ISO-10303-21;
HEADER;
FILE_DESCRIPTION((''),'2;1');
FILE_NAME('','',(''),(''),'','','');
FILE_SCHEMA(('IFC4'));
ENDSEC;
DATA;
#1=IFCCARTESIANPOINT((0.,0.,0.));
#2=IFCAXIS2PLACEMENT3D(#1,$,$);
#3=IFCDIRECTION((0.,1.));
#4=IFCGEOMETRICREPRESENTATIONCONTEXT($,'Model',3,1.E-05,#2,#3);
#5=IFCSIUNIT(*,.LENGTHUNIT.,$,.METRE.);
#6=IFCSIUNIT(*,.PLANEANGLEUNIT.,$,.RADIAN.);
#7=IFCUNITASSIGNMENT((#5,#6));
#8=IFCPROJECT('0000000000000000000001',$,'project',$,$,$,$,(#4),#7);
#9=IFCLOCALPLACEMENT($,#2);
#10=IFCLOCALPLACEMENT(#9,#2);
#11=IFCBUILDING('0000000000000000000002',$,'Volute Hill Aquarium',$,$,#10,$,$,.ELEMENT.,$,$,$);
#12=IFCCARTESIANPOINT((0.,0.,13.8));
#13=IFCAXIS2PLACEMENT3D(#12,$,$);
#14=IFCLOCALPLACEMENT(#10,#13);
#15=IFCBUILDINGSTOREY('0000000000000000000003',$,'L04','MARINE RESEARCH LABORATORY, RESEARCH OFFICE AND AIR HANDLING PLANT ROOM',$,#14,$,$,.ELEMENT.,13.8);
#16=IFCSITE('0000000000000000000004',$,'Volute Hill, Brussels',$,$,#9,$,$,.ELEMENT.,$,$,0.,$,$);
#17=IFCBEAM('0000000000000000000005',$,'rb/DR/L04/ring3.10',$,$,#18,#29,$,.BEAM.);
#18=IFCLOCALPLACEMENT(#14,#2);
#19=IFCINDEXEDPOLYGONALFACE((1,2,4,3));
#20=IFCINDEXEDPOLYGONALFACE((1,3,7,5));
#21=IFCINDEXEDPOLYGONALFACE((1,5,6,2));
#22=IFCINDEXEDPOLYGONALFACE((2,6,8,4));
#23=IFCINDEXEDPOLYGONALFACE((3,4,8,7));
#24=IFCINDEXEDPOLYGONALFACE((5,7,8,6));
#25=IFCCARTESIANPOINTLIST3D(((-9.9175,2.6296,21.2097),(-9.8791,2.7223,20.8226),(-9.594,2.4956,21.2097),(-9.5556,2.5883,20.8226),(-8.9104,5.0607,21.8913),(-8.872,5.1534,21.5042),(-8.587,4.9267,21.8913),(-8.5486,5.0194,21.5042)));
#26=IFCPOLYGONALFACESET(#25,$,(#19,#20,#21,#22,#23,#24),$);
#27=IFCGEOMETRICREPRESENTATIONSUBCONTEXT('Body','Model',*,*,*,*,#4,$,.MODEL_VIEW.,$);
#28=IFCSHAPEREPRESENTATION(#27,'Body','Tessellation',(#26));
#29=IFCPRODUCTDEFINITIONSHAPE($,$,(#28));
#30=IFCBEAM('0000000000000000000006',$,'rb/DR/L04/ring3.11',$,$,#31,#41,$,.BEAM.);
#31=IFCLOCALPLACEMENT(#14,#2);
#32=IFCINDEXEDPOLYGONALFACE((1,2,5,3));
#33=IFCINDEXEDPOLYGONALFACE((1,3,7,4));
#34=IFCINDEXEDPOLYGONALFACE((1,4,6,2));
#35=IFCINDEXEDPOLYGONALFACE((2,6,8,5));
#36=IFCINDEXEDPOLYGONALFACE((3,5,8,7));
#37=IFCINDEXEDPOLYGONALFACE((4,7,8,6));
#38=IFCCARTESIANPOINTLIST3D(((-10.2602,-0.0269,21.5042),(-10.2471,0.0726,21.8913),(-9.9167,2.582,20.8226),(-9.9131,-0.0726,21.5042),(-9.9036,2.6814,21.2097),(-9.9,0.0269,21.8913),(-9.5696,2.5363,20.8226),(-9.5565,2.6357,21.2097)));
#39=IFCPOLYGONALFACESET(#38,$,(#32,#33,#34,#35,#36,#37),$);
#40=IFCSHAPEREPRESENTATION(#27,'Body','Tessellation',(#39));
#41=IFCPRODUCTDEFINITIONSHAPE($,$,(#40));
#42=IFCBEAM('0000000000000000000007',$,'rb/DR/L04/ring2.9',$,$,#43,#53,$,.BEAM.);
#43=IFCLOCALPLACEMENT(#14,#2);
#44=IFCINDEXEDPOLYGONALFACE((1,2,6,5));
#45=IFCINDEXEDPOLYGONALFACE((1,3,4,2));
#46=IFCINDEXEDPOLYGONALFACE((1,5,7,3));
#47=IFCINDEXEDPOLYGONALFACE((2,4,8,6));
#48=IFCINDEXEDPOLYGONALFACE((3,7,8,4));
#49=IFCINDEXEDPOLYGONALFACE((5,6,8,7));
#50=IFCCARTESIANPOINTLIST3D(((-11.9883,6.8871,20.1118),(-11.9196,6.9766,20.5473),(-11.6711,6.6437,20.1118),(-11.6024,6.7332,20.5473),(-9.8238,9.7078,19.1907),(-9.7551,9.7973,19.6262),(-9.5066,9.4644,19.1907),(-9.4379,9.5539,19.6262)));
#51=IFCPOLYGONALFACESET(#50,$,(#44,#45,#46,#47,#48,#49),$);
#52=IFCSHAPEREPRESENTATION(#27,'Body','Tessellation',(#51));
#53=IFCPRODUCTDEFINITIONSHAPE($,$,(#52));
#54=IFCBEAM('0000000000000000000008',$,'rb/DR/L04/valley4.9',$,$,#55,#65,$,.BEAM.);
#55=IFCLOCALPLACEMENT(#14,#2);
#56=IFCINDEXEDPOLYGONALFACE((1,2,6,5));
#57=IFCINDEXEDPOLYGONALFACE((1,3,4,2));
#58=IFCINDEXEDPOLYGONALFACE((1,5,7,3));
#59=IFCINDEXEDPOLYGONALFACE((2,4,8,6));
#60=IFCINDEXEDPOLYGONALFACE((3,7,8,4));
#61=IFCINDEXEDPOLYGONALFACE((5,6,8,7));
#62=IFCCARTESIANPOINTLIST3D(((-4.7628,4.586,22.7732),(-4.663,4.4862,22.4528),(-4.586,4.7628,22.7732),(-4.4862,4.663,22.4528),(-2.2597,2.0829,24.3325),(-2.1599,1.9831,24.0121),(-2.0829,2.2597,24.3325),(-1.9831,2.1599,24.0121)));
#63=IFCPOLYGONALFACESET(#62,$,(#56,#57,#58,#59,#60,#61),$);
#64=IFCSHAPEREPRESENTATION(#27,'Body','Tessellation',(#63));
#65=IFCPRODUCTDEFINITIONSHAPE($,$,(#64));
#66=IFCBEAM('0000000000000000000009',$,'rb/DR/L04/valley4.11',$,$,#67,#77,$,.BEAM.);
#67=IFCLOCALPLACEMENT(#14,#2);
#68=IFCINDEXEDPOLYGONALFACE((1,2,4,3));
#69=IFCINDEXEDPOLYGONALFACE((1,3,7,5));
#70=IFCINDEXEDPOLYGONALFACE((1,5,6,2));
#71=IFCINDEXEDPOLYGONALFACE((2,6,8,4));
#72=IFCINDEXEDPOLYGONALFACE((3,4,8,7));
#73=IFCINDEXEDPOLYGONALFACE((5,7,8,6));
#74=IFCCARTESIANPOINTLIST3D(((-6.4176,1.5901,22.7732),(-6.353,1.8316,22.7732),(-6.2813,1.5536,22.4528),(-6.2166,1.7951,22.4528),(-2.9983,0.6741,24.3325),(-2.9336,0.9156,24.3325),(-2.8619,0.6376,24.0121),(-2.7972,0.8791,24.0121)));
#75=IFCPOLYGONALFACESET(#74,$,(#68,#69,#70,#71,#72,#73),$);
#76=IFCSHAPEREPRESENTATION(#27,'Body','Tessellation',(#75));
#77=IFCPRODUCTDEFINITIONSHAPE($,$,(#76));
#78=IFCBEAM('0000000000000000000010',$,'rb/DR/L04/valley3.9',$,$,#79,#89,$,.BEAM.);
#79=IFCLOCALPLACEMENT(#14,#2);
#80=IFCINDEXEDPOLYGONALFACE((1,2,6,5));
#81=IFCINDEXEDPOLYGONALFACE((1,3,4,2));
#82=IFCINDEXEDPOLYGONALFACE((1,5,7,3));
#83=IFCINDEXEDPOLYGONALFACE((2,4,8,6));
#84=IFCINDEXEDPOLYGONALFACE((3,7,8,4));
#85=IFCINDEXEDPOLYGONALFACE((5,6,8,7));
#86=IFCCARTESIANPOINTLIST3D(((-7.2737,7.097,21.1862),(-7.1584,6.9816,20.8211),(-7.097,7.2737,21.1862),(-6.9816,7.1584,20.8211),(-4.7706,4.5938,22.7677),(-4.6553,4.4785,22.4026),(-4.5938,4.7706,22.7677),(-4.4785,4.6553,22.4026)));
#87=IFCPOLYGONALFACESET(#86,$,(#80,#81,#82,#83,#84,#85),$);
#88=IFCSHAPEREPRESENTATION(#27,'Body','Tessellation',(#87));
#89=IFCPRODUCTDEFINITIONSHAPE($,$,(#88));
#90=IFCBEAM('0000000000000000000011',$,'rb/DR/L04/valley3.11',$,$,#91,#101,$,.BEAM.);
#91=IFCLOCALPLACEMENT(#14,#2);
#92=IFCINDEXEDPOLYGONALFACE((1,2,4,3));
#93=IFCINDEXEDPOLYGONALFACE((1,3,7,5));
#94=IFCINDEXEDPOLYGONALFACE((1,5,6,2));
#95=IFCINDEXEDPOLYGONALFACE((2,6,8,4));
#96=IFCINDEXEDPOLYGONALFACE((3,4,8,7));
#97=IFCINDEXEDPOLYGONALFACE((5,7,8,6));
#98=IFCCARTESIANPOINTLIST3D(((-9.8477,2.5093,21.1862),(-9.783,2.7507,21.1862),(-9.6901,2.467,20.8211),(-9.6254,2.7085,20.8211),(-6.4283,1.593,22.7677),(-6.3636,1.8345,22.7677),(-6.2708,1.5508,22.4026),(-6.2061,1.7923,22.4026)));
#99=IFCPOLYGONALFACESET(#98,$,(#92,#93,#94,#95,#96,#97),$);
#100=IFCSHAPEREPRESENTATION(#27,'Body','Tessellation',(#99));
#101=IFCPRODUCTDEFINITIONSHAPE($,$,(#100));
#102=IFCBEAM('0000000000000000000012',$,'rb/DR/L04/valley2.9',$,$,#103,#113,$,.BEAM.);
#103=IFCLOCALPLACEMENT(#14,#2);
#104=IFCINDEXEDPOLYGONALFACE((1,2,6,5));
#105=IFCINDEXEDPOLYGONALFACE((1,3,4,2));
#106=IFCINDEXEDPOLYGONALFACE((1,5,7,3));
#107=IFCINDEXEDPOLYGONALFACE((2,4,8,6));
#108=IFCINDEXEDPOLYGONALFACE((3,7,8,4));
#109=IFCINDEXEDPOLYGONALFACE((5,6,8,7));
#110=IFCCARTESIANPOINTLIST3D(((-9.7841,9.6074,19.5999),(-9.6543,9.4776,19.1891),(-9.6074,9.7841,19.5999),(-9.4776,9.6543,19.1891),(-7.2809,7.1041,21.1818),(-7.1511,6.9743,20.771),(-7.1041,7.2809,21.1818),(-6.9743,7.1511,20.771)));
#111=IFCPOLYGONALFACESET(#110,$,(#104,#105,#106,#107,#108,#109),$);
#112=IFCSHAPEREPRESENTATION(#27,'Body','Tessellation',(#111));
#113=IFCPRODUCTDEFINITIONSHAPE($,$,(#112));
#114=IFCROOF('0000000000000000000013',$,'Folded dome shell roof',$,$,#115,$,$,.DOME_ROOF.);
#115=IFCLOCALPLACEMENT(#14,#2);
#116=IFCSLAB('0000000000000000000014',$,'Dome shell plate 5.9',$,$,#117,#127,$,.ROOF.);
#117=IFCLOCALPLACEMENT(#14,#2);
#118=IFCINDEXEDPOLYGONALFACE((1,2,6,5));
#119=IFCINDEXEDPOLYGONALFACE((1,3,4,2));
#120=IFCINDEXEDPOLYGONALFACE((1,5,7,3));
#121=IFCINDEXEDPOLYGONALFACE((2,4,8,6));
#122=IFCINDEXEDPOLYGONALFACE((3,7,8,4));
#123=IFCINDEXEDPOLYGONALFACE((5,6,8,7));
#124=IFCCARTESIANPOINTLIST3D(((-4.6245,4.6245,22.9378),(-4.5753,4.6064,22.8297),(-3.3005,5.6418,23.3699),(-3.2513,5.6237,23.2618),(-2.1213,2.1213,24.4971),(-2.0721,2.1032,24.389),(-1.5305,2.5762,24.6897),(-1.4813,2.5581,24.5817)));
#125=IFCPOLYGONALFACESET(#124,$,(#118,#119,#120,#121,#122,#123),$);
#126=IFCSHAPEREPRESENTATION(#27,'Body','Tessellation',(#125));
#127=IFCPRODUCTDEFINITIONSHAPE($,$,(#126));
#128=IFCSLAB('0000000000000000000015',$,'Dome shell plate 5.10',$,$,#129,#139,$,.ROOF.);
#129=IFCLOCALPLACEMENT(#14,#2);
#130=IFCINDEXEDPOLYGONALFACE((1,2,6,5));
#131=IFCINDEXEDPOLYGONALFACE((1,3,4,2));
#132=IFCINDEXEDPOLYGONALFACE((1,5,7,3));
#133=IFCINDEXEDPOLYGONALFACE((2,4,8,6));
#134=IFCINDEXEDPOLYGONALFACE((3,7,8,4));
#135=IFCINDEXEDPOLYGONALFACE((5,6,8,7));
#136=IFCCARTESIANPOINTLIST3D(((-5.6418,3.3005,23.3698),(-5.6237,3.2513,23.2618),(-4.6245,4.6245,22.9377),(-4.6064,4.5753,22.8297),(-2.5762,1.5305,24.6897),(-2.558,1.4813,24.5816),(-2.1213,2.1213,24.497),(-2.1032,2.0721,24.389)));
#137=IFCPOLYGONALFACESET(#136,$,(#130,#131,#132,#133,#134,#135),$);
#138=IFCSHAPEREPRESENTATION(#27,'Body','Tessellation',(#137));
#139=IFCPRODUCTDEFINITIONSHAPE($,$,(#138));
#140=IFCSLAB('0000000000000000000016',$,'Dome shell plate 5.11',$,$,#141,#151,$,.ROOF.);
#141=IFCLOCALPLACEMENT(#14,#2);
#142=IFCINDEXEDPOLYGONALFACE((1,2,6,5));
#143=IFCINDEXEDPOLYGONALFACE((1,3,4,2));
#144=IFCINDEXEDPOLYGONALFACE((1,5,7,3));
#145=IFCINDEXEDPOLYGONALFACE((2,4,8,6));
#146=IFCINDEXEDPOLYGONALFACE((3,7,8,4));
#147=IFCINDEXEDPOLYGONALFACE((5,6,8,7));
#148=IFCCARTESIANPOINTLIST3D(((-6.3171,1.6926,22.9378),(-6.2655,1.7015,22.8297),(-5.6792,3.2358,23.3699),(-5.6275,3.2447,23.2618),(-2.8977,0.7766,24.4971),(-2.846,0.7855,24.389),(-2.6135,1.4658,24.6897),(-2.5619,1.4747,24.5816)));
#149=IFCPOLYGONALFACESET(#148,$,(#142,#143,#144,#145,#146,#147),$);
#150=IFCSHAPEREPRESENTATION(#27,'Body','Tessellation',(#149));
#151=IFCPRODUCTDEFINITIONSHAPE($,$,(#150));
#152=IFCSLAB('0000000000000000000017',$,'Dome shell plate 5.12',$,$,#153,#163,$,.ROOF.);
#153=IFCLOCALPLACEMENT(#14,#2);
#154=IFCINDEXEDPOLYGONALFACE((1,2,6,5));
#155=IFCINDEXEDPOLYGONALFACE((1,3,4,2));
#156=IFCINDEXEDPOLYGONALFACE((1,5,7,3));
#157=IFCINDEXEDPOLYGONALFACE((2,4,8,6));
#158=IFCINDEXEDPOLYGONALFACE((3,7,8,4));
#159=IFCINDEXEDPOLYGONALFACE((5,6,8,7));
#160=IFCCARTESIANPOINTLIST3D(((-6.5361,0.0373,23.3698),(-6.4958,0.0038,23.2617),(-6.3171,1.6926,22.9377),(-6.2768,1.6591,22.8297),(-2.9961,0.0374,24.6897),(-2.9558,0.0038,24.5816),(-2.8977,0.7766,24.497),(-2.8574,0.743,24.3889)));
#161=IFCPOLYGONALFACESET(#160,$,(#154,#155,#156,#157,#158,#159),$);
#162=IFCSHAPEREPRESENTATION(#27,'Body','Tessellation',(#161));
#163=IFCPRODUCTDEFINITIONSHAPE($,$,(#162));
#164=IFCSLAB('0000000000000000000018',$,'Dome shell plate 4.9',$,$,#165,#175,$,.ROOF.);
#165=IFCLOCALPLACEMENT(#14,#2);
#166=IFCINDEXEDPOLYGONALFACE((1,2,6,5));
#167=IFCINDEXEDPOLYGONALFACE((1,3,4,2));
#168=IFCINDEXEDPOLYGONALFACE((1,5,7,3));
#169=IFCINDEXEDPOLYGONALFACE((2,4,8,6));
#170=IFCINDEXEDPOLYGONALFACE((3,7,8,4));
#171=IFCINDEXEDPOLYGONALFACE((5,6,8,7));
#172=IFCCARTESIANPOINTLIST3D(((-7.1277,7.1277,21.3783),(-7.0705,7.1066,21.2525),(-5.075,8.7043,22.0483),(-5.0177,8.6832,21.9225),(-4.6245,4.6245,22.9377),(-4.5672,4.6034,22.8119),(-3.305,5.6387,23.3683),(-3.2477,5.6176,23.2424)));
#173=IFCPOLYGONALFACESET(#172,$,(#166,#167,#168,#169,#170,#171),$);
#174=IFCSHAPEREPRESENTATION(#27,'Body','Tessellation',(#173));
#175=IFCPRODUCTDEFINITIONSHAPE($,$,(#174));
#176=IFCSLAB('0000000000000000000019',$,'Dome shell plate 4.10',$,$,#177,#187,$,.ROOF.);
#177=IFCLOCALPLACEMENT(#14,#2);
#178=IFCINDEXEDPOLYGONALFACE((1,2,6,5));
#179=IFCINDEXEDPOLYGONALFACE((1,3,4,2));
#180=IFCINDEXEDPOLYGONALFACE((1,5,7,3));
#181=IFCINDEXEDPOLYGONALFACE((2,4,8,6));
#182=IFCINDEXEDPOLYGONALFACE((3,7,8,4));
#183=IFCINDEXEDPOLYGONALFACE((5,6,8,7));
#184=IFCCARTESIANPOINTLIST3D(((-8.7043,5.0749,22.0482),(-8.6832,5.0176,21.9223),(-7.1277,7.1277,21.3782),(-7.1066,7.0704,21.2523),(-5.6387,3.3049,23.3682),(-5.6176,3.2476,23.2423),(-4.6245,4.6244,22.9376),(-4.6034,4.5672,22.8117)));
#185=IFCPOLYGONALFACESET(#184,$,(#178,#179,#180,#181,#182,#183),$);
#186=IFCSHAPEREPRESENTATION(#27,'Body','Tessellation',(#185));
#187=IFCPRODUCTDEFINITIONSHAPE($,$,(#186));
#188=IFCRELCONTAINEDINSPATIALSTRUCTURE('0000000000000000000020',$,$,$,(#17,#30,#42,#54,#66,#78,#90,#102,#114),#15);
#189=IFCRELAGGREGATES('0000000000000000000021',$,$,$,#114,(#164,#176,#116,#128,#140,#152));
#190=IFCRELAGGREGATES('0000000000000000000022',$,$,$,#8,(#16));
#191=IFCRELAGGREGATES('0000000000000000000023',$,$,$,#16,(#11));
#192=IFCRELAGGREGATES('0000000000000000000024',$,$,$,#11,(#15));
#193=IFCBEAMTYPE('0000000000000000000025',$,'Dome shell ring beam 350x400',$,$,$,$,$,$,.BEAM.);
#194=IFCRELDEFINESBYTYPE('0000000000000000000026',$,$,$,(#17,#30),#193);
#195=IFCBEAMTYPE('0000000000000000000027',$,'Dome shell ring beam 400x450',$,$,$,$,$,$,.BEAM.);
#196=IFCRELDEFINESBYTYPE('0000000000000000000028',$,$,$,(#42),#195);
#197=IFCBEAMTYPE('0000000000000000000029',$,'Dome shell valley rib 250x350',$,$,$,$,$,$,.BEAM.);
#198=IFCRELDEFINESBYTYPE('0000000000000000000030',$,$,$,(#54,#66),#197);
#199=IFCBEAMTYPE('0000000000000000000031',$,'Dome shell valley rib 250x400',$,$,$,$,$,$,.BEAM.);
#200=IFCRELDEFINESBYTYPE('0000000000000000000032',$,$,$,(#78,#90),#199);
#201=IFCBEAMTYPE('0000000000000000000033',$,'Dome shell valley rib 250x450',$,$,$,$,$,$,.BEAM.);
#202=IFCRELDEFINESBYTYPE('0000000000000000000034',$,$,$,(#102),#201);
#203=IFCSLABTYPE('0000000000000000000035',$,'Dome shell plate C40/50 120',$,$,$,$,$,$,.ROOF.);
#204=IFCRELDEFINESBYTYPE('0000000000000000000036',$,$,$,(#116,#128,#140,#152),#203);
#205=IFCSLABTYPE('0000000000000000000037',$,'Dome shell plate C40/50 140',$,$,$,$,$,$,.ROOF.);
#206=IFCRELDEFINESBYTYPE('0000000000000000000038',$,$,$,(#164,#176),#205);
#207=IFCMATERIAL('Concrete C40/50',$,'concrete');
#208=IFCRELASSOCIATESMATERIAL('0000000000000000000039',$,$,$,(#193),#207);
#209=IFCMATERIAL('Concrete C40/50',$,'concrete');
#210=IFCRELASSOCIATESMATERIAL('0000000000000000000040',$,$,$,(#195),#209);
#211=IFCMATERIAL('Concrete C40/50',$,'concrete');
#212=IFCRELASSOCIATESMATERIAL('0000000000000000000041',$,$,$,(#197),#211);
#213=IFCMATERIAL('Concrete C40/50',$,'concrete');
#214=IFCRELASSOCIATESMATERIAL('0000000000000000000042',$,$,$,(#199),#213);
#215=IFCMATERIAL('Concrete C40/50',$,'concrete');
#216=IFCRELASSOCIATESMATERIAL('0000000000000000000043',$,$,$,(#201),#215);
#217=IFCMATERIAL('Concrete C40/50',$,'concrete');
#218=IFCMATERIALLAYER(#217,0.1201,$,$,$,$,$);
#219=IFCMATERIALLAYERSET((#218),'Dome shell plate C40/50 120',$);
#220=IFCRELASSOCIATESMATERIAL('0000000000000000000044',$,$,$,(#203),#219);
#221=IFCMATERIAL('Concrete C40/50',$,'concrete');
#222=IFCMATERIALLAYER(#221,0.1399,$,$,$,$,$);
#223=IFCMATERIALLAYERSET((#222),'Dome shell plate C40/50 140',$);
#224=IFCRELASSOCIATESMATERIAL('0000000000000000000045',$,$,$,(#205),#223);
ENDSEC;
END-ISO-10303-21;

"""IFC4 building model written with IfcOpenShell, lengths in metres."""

from ifc_helpers import new_model, si_unit, direction, frame, origin, origin_2d, place, context, subcontext, project, spatial, polyline, rectangle, outline, extrude, material, layer, layer_set, material_profile, profile_set, type_object, element, aggregate, save


model = new_model("IFC4")

# Units and contexts
model_context = context("Model", 3, precision=1e-05, world=origin(), true_north=direction((0.0, 1.0)))
body_context = subcontext(model_context, "Body", "Model", "MODEL_VIEW")
ifc_project = project(units=[si_unit("LENGTHUNIT", "METRE"), si_unit("PLANEANGLEUNIT", "RADIAN")], contexts=[model_context])

# Site, building, storey
site_placement = place(None, origin())
site = spatial("IfcSite", under=ifc_project, at=site_placement, Name="Volute Hill, Brussels", CompositionType="ELEMENT", RefElevation=0.0)
building_placement = place(site_placement, origin())
building = spatial("IfcBuilding", under=site, at=building_placement, Name="Volute Hill Aquarium", CompositionType="ELEMENT")
storey_placement = place(building_placement, frame((0.0, 0.0, 13.8)))
storey = spatial("IfcBuildingStorey", under=building, at=storey_placement, Name="L04", Description="MARINE RESEARCH LABORATORY, RESEARCH OFFICE AND AIR HANDLING PLANT ROOM", CompositionType="ELEMENT", Elevation=13.8)

# Beams
ifc_material_1 = material(Name="Concrete C40/50", Category="concrete")
ifc_material_profile_1 = material_profile(ifc_material_1, rectangle(XDim=0.3501, YDim=0.3999, at=origin_2d()), Name="RC beam 350x400")
ifc_profile_set_1 = profile_set([ifc_material_profile_1], Name="Concrete C40/50")
beam_type_1 = type_object("IfcBeamType", Name="Dome shell ring beam 350x400", PredefinedType="BEAM", material=ifc_profile_set_1)
for number, where, z_axis, x_axis, name in (
    (1, (-8.7295, 5.04, 21.6978), (-0.370477, -0.894353, -0.250757), (0.923871, -0.382704, 0.0), "rb/DR/L04/ring3.10"),
    (2, (-9.7366, 2.6089, 21.0161), (-0.12637, -0.959765, 0.250764), (0.991443, -0.130541, 0.0), "rb/DR/L04/ring3.11"),
):
    element("IfcBeam", number, at=place(storey_placement, frame(where, z_axis=z_axis, x_axis=x_axis)), inside=storey, type_object=beam_type_1, Name=name, PredefinedType="BEAM", context=body_context, shape_type="SweptSolid", body=[
        extrude(rectangle(XDim=0.3501, YDim=0.3999, at=origin_2d()), origin(), (0.0, 0.0, 1.0), 2.7183),
    ])
ifc_material_2 = material(Name="Concrete C40/50", Category="concrete")
ifc_material_profile_2 = material_profile(ifc_material_2, rectangle(XDim=0.3999, YDim=0.45, at=origin_2d()), Name="RC beam 400x450")
ifc_profile_set_2 = profile_set([ifc_material_profile_2], Name="Concrete C40/50")
beam_type_2 = type_object("IfcBeamType", Name="Dome shell ring beam 400x450", PredefinedType="BEAM", material=ifc_profile_set_2)
beam_1_placement = place(storey_placement, frame((-9.6309, 9.6309, 19.4084), z_axis=(-0.589319, -0.767989, 0.25079), x_axis=(0.793343, -0.608775, 0.0)))
element("IfcBeam", 3, at=beam_1_placement, inside=storey, type_object=beam_type_2, Name="rb/DR/L04/ring2.9", PredefinedType="BEAM", context=body_context, shape_type="SweptSolid", body=[
    extrude(rectangle(XDim=0.3999, YDim=0.45, at=origin_2d()), origin(), (0.0, 0.0, 1.0), 3.6729),
])
ifc_material_3 = material(Name="Concrete C40/50", Category="concrete")
ifc_material_profile_3 = material_profile(ifc_material_3, rectangle(XDim=0.25, YDim=0.3501, at=origin_2d()), Name="RC rib 250x350")
ifc_profile_set_3 = profile_set([ifc_material_profile_3], Name="Concrete C40/50")
beam_type_3 = type_object("IfcBeamType", Name="Dome shell valley rib 250x350", PredefinedType="BEAM", material=ifc_profile_set_3)
for number, where, z_axis, x_axis, name in (
    (4, (-4.6245, 4.6245, 22.613), (0.64711, -0.64711, 0.40311), (0.707107, 0.707107, 0.0), "rb/DR/L04/valley4.9"),
    (5, (-6.3171, 1.6926, 22.613), (0.883982, -0.236806, 0.403112), (0.258761, 0.965941, 0.0), "rb/DR/L04/valley4.11"),
):
    element("IfcBeam", number, at=place(storey_placement, frame(where, z_axis=z_axis, x_axis=x_axis)), inside=storey, type_object=beam_type_3, Name=name, PredefinedType="BEAM", context=body_context, shape_type="SweptSolid", body=[
        extrude(rectangle(XDim=0.25, YDim=0.3501, at=origin_2d()), origin(), (0.0, 0.0, 1.0), 3.8682),
    ])
ifc_material_4 = material(Name="Concrete C40/50", Category="concrete")
ifc_material_profile_4 = material_profile(ifc_material_4, rectangle(XDim=0.25, YDim=0.3999, at=origin_2d()), Name="RC rib 250x400")
ifc_profile_set_4 = profile_set([ifc_material_profile_4], Name="Concrete C40/50")
beam_type_4 = type_object("IfcBeamType", Name="Dome shell valley rib 250x400", PredefinedType="BEAM", material=ifc_profile_set_4)
for number, where, z_axis, x_axis, name in (
    (6, (-7.1277, 7.1277, 21.0037), (0.645606, -0.645606, 0.407904), (0.707107, 0.707107, 0.0), "rb/DR/L04/valley3.9"),
    (7, (-9.7366, 2.6089, 21.0037), (0.881915, -0.236315, 0.4079), (0.258826, 0.965924, 0.0), "rb/DR/L04/valley3.11"),
):
    element("IfcBeam", number, at=place(storey_placement, frame(where, z_axis=z_axis, x_axis=x_axis)), inside=storey, type_object=beam_type_4, Name=name, PredefinedType="BEAM", context=body_context, shape_type="SweptSolid", body=[
        extrude(rectangle(XDim=0.25, YDim=0.3999, at=origin_2d()), origin(), (0.0, 0.0, 1.0), 3.8772),
    ])
ifc_material_5 = material(Name="Concrete C40/50", Category="concrete")
ifc_material_profile_5 = material_profile(ifc_material_5, rectangle(XDim=0.25, YDim=0.45, at=origin_2d()), Name="RC rib 250x450")
ifc_profile_set_5 = profile_set([ifc_material_profile_5], Name="Concrete C40/50")
beam_type_5 = type_object("IfcBeamType", Name="Dome shell valley rib 250x450", PredefinedType="BEAM", material=ifc_profile_set_5)
beam_2_placement = place(storey_placement, frame((-9.6309, 9.6309, 19.3945), z_axis=(0.64559, -0.64559, 0.407956), x_axis=(0.707107, 0.707107, 0.0)))
element("IfcBeam", 8, at=beam_2_placement, inside=storey, type_object=beam_type_5, Name="rb/DR/L04/valley2.9", PredefinedType="BEAM", context=body_context, shape_type="SweptSolid", body=[
    extrude(rectangle(XDim=0.25, YDim=0.45, at=origin_2d()), origin(), (0.0, 0.0, 1.0), 3.8774),
])

# Roof, slabs
roof_placement = place(storey_placement, origin())
roof = element("IfcRoof", 9, at=roof_placement, inside=storey, Name="Folded dome shell roof", PredefinedType="DOME_ROOF")
ifc_material_6 = material(Name="Concrete C40/50", Category="concrete")
ifc_layer_1 = layer(ifc_material_6, 0.1201)
ifc_layer_set_1 = layer_set([ifc_layer_1], Name="Dome shell plate C40/50 120")
slab_type_1 = type_object("IfcSlabType", Name="Dome shell plate C40/50 120", PredefinedType="ROOF", material=ifc_layer_set_1)
slab_1_placement = place(storey_placement, frame((-3.3005, 5.6418, 23.3699), z_axis=(-0.409565, 0.150887, 0.899716), x_axis=(-0.767662, -0.589856, -0.25053)))
slab_1 = element("IfcSlab", 10, at=slab_1_placement, type_object=slab_type_1, Name="Dome shell plate 5.9", PredefinedType="ROOF", context=body_context, shape_type="SweptSolid", body=[
    extrude(outline(polyline([(0.0, 0.0), (1.7247, 0.0), (0.889, 3.7769), (0.1189, 3.7761), (0.0, 0.0)])), origin(), (0.0, 0.0, -1.0), 0.1201),
])
slab_2_placement = place(storey_placement, frame((-4.6245, 4.6245, 22.9377), z_axis=(-0.150887, 0.409565, 0.899716), x_axis=(-0.589856, -0.767662, 0.25053)))
slab_2 = element("IfcSlab", 11, at=slab_2_placement, type_object=slab_type_1, Name="Dome shell plate 5.10", PredefinedType="ROOF", context=body_context, shape_type="SweptSolid", body=[
    extrude(outline(polyline([(0.0, 0.0), (1.7247, 0.0), (1.6058, 3.7761), (0.8357, 3.7769), (0.0, 0.0)])), origin(), (0.0, 0.0, -1.0), 0.1201),
])
slab_3_placement = place(storey_placement, frame((-5.6792, 3.2358, 23.3699), z_axis=(-0.430139, -0.074118, 0.899715), x_axis=(-0.369848, -0.894679, -0.250522)))
slab_3 = element("IfcSlab", 12, at=slab_3_placement, type_object=slab_type_1, Name="Dome shell plate 5.11", PredefinedType="ROOF", context=body_context, shape_type="SweptSolid", body=[
    extrude(outline(polyline([(0.0, 0.0), (1.7249, 0.0), (0.8891, 3.7768), (0.1191, 3.7761), (0.0, 0.0)])), origin(), (0.0, 0.0, -1.0), 0.1201),
])
slab_4_placement = place(storey_placement, frame((-6.3171, 1.6926, 22.9377), z_axis=(-0.335468, 0.279211, 0.899724), x_axis=(-0.126957, -0.959755, 0.250504)))
slab_4 = element("IfcSlab", 13, at=slab_4_placement, type_object=slab_type_1, Name="Dome shell plate 5.12", PredefinedType="ROOF", context=body_context, shape_type="SweptSolid", body=[
    extrude(outline(polyline([(0.0, 0.0), (1.7247, 0.0), (1.6059, 3.7762), (0.8356, 3.7769), (0.0, 0.0)])), origin(), (0.0, 0.0, -1.0), 0.1201),
])
ifc_material_7 = material(Name="Concrete C40/50", Category="concrete")
ifc_layer_2 = layer(ifc_material_7, 0.1399)
ifc_layer_set_2 = layer_set([ifc_layer_2], Name="Dome shell plate C40/50 140")
slab_type_2 = type_object("IfcSlabType", Name="Dome shell plate C40/50 140", PredefinedType="ROOF", material=ifc_layer_set_2)
slab_5_placement = place(storey_placement, frame((-5.075, 8.7043, 22.0483), z_axis=(-0.409572, 0.150917, 0.899708), x_axis=(-0.767773, -0.589682, -0.250598)))
slab_5 = element("IfcSlab", 14, at=slab_5_placement, type_object=slab_type_2, Name="Dome shell plate 4.9", PredefinedType="ROOF", context=body_context, shape_type="SweptSolid", body=[
    extrude(outline(polyline([(0.0, 0.0), (2.6737, 0.0), (1.8371, 3.7768), (0.1181, 3.7762), (0.0, 0.0)])), origin(), (0.0, 0.0, -1.0), 0.1399),
])
slab_6_placement = place(storey_placement, frame((-7.1277, 7.1277, 21.3782), z_axis=(-0.150917, 0.409572, 0.899708), x_axis=(-0.589682, -0.767773, 0.250598)))
slab_6 = element("IfcSlab", 15, at=slab_6_placement, type_object=slab_type_2, Name="Dome shell plate 4.10", PredefinedType="ROOF", context=body_context, shape_type="SweptSolid", body=[
    extrude(outline(polyline([(0.0, 0.0), (2.6737, 0.0), (2.5556, 3.7762), (0.8366, 3.7768), (0.0, 0.0)])), origin(), (0.0, 0.0, -1.0), 0.1399),
])
aggregate(roof, [slab_5, slab_6, slab_1, slab_2, slab_3, slab_4])

save(model, "model.ifc")
